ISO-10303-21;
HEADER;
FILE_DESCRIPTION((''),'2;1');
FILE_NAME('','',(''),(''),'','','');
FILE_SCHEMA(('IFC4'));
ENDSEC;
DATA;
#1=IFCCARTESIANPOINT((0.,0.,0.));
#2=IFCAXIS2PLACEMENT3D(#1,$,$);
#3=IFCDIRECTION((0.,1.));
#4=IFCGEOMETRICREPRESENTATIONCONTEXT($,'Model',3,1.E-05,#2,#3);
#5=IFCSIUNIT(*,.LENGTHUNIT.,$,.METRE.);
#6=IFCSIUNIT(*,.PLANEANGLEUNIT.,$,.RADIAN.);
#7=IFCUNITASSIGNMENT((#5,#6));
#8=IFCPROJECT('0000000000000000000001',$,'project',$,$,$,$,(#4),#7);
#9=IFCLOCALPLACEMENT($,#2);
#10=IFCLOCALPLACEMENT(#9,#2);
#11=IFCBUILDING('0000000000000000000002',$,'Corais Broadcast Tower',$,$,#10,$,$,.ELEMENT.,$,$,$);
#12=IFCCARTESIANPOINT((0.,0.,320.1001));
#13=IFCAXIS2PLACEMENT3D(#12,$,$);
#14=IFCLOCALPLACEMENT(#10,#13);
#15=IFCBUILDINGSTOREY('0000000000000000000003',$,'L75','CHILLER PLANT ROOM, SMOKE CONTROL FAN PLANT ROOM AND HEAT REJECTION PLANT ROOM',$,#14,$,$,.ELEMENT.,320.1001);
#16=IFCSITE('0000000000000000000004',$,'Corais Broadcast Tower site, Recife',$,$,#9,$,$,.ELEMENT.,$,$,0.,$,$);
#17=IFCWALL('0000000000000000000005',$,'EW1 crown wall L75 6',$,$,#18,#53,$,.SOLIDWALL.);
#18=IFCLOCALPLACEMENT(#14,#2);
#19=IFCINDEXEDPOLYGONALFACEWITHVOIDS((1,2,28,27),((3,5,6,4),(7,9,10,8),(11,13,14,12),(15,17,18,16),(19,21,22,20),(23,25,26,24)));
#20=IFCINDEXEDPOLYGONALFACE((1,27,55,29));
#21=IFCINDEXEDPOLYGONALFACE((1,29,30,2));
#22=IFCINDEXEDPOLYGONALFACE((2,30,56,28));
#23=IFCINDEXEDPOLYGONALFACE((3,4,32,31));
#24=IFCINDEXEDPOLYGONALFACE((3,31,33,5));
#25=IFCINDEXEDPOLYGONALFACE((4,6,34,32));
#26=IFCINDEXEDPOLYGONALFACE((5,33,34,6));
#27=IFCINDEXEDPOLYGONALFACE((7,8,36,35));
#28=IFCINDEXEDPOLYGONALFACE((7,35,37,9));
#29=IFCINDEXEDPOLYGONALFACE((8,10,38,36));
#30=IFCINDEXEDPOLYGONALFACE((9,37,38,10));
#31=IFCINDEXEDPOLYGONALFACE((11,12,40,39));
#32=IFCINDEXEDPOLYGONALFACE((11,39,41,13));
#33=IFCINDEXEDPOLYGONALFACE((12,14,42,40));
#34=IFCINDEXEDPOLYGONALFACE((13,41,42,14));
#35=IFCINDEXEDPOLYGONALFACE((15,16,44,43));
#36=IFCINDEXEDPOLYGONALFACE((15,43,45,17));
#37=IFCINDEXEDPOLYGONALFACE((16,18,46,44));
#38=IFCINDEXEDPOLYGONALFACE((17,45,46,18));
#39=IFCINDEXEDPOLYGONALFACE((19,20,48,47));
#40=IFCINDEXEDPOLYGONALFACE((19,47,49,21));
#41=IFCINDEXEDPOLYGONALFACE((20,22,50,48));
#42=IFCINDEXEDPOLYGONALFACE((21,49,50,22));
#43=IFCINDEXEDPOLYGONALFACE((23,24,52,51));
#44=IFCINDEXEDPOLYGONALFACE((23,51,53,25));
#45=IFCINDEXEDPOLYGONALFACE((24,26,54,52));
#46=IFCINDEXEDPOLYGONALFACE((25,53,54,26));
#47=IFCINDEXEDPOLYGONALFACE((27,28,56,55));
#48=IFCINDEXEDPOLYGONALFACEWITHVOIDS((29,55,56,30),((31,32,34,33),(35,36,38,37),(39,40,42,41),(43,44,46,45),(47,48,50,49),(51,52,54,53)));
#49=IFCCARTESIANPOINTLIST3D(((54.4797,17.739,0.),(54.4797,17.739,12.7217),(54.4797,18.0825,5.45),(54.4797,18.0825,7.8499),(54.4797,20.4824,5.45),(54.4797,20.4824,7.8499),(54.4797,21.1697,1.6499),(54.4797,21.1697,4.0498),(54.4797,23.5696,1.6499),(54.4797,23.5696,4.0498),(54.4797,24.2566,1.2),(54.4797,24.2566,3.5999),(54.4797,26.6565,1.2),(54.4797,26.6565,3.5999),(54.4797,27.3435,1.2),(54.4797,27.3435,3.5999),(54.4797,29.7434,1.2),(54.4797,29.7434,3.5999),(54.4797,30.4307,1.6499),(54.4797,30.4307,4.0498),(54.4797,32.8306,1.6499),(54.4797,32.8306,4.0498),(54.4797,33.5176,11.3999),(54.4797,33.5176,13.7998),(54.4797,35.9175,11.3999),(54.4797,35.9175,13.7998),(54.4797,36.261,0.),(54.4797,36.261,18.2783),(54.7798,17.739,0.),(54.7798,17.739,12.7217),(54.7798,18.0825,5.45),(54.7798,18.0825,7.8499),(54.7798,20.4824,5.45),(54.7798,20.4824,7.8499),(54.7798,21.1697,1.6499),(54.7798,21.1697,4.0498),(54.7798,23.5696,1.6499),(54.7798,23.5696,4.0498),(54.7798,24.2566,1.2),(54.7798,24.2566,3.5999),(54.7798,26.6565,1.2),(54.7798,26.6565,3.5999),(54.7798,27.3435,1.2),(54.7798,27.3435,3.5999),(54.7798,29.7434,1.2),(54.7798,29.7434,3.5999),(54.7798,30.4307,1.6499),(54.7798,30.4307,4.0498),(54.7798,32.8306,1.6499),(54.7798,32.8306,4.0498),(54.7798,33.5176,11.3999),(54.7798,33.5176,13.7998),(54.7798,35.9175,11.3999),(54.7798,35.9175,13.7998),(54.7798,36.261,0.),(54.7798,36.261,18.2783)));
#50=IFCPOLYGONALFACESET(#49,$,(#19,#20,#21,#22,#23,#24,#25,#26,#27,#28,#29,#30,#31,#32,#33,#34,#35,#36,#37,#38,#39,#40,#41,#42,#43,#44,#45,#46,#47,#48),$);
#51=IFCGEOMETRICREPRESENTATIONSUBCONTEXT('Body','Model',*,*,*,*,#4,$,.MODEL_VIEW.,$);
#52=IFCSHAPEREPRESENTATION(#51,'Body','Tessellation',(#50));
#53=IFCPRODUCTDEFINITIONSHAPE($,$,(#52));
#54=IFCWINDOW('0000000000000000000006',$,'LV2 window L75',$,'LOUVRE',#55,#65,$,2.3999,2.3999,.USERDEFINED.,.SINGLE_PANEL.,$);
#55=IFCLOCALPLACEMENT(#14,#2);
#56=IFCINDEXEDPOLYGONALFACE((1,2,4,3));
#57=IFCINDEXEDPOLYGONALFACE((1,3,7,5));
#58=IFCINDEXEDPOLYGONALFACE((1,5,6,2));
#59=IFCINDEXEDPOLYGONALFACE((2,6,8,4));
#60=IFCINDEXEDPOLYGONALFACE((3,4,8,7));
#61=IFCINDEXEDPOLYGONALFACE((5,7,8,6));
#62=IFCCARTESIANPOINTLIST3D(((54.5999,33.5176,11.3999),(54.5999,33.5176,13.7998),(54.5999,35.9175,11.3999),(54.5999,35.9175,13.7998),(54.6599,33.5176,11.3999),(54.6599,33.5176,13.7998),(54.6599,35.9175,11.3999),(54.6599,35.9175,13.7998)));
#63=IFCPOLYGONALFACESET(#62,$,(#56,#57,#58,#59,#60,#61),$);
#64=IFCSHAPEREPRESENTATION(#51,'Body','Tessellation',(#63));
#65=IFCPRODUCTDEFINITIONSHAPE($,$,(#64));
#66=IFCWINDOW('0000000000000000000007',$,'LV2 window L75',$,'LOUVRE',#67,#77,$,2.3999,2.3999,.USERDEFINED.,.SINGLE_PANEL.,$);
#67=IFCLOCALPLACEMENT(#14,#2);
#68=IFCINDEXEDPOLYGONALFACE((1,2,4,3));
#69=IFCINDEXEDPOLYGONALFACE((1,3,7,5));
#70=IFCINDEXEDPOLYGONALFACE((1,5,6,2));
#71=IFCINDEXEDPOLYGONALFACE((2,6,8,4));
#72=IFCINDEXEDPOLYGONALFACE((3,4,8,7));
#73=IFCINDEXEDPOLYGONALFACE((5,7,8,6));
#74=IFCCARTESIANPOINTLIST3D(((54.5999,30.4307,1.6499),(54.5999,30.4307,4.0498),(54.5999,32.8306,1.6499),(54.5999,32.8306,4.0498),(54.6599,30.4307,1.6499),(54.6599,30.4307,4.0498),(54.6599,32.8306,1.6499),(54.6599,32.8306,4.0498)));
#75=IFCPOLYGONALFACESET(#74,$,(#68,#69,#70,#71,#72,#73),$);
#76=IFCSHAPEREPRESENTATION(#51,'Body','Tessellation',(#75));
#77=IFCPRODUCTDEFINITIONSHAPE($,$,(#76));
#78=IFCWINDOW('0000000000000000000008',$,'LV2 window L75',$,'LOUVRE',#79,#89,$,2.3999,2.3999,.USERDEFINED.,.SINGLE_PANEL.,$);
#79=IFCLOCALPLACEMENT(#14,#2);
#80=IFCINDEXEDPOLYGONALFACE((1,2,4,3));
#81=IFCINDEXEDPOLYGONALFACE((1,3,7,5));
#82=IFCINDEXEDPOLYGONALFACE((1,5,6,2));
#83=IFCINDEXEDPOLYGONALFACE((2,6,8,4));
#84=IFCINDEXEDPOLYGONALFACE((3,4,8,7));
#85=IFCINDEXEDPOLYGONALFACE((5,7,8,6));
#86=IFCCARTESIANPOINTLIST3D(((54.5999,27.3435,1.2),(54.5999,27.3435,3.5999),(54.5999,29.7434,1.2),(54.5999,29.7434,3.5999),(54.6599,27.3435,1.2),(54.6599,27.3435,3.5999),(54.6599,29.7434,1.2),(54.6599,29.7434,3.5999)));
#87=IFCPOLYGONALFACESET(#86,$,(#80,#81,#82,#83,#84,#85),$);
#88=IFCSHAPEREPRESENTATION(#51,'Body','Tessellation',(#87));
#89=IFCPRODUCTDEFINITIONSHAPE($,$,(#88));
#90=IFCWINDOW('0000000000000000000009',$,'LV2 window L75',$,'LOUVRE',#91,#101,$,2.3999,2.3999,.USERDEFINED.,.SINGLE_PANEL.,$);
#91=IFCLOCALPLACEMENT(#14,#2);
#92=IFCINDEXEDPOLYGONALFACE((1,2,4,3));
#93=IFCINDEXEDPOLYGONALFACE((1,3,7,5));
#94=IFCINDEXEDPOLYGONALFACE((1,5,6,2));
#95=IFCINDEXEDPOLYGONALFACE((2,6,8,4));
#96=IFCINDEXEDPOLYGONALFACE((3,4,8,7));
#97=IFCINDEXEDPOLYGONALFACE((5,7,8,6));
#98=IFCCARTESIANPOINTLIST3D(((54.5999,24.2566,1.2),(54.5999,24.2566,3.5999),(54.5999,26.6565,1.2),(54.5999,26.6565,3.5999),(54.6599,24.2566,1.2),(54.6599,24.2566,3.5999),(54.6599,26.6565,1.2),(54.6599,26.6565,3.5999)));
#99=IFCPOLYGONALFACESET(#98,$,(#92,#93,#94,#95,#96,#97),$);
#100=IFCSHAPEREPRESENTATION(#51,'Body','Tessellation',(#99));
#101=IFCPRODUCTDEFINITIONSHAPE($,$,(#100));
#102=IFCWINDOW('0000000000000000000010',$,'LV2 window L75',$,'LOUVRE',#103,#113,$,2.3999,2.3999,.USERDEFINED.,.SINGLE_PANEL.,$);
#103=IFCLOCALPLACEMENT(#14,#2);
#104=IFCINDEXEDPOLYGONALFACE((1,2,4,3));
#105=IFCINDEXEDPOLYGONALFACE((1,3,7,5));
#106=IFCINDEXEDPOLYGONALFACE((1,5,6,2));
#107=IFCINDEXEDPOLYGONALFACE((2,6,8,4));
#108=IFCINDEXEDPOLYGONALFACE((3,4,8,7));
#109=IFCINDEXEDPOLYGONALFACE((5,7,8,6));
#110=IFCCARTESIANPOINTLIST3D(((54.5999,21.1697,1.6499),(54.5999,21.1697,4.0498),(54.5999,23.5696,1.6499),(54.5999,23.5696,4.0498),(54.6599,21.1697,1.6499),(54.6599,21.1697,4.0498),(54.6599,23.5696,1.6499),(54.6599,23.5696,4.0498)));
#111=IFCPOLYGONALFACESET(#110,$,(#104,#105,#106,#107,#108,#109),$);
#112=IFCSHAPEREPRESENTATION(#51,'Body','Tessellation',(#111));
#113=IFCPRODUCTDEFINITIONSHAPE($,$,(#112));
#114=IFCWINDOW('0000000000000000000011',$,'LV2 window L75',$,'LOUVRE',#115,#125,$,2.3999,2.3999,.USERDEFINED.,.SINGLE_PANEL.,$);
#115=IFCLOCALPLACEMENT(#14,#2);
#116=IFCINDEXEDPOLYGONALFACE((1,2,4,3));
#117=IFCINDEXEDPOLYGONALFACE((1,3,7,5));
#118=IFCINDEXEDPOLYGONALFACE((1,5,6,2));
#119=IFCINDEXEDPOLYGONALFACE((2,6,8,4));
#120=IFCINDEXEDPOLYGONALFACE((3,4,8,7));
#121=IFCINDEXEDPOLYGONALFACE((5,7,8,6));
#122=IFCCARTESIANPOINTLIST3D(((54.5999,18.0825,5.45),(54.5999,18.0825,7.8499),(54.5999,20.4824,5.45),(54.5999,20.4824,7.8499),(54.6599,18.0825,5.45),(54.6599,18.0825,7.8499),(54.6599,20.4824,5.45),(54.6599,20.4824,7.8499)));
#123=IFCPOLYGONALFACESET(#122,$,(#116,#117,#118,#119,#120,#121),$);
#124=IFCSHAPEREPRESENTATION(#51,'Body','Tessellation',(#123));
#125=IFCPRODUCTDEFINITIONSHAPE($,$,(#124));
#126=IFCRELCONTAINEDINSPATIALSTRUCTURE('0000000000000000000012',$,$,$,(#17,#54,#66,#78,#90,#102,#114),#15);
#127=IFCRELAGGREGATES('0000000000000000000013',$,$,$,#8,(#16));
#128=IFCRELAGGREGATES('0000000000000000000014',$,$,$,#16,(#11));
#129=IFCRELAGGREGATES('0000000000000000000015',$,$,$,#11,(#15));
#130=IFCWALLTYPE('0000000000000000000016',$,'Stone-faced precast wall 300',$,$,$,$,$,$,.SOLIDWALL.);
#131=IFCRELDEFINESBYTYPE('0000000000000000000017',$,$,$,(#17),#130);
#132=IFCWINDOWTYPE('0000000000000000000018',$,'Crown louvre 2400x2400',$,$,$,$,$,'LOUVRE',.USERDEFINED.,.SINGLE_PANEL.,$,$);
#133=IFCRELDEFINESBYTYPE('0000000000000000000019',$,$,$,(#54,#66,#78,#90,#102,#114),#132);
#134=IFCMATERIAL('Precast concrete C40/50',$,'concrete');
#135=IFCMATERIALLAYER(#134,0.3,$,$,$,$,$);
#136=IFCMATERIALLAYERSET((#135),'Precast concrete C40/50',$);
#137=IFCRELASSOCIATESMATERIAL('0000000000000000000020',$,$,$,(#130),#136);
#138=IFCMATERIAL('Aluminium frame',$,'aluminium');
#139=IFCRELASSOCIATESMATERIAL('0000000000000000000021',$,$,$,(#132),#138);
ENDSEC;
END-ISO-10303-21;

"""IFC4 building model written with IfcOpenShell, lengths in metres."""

from ifc_helpers import new_model, si_unit, direction, frame, frame_2d, origin, place, context, subcontext, project, spatial, polyline, rectangle, outline, extrude, material, layer, layer_set, type_object, element, fill, save


model = new_model("IFC4")

# Units and contexts
model_context = context("Model", 3, precision=1e-05, world=origin(), true_north=direction((0.0, 1.0)))
body_context = subcontext(model_context, "Body", "Model", "MODEL_VIEW")
ifc_project = project(units=[si_unit("LENGTHUNIT", "METRE"), si_unit("PLANEANGLEUNIT", "RADIAN")], contexts=[model_context])

# Site, building, storey
site_placement = place(None, origin())
site = spatial("IfcSite", under=ifc_project, at=site_placement, Name="Corais Broadcast Tower site, Recife", CompositionType="ELEMENT", RefElevation=0.0)
building_placement = place(site_placement, origin())
building = spatial("IfcBuilding", under=site, at=building_placement, Name="Corais Broadcast Tower", CompositionType="ELEMENT")
storey_placement = place(building_placement, frame((0.0, 0.0, 320.1001)))
storey = spatial("IfcBuildingStorey", under=building, at=storey_placement, Name="L75", Description="CHILLER PLANT ROOM, SMOKE CONTROL FAN PLANT ROOM AND HEAT REJECTION PLANT ROOM", CompositionType="ELEMENT", Elevation=320.1001)

# Wall, openings, windows
ifc_material_1 = material(Name="Precast concrete C40/50", Category="concrete")
ifc_layer_1 = layer(ifc_material_1, 0.3)
ifc_layer_set_1 = layer_set([ifc_layer_1], Name="Precast concrete C40/50")
wall_type_1 = type_object("IfcWallType", Name="Stone-faced precast wall 300", PredefinedType="SOLIDWALL", material=ifc_layer_set_1)
wall_1_placement = place(storey_placement, frame((54.6299, 36.261, 0.0), z_axis=(0.0, 0.0, 1.0), x_axis=(0.0, -1.0, 0.0)))
wall_1 = element("IfcWall", 1, at=wall_1_placement, inside=storey, type_object=wall_type_1, Name="EW1 crown wall L75 6", PredefinedType="SOLIDWALL", context=body_context, shape_type="SweptSolid", body=[
    extrude(outline(polyline([(0.0, 0.0), (18.522, 0.0), (18.522, 12.7217), (0.0, 18.2783), (0.0, 0.0)])), frame((0.0, 0.1499, 0.0), z_axis=(0.0, -1.0, 0.0), x_axis=(1.0, 0.0, 0.0)), (0.0, 0.0, 1.0), 0.3),
])
opening_1_placement = place(wall_1_placement, frame((0.3435, 0.0, 11.3999)))
opening_1 = element("IfcOpeningElement", 2, at=opening_1_placement, cuts=wall_1, PredefinedType="OPENING", context=body_context, shape_type="SweptSolid", body=[
    extrude(rectangle(XDim=2.3999, YDim=2.3999, at=frame_2d((1.2, 1.2))), frame((0.0, 0.1599, 0.0), z_axis=(0.0, -1.0, 0.0), x_axis=(1.0, 0.0, 0.0)), (0.0, 0.0, 1.0), 0.3201),
])
opening_2_placement = place(wall_1_placement, frame((3.4304, 0.0, 1.6499)))
opening_2 = element("IfcOpeningElement", 3, at=opening_2_placement, cuts=wall_1, PredefinedType="OPENING", context=body_context, shape_type="SweptSolid", body=[
    extrude(rectangle(XDim=2.3999, YDim=2.3999, at=frame_2d((1.2, 1.2))), frame((0.0, 0.1599, 0.0), z_axis=(0.0, -1.0, 0.0), x_axis=(1.0, 0.0, 0.0)), (0.0, 0.0, 1.0), 0.3201),
])
opening_3_placement = place(wall_1_placement, frame((6.5176, 0.0, 1.2)))
opening_3 = element("IfcOpeningElement", 4, at=opening_3_placement, cuts=wall_1, PredefinedType="OPENING", context=body_context, shape_type="SweptSolid", body=[
    extrude(rectangle(XDim=2.3999, YDim=2.3999, at=frame_2d((1.2, 1.2))), frame((0.0, 0.1599, 0.0), z_axis=(0.0, -1.0, 0.0), x_axis=(1.0, 0.0, 0.0)), (0.0, 0.0, 1.0), 0.3201),
])
opening_4_placement = place(wall_1_placement, frame((9.6045, 0.0, 1.2)))
opening_4 = element("IfcOpeningElement", 5, at=opening_4_placement, cuts=wall_1, PredefinedType="OPENING", context=body_context, shape_type="SweptSolid", body=[
    extrude(rectangle(XDim=2.3999, YDim=2.3999, at=frame_2d((1.2, 1.2))), frame((0.0, 0.1599, 0.0), z_axis=(0.0, -1.0, 0.0), x_axis=(1.0, 0.0, 0.0)), (0.0, 0.0, 1.0), 0.3201),
])
opening_5_placement = place(wall_1_placement, frame((12.6914, 0.0, 1.6499)))
opening_5 = element("IfcOpeningElement", 6, at=opening_5_placement, cuts=wall_1, PredefinedType="OPENING", context=body_context, shape_type="SweptSolid", body=[
    extrude(rectangle(XDim=2.3999, YDim=2.3999, at=frame_2d((1.2, 1.2))), frame((0.0, 0.1599, 0.0), z_axis=(0.0, -1.0, 0.0), x_axis=(1.0, 0.0, 0.0)), (0.0, 0.0, 1.0), 0.3201),
])
opening_6_placement = place(wall_1_placement, frame((15.7786, 0.0, 5.45)))
opening_6 = element("IfcOpeningElement", 7, at=opening_6_placement, cuts=wall_1, PredefinedType="OPENING", context=body_context, shape_type="SweptSolid", body=[
    extrude(rectangle(XDim=2.3999, YDim=2.3999, at=frame_2d((1.2, 1.2))), frame((0.0, 0.1599, 0.0), z_axis=(0.0, -1.0, 0.0), x_axis=(1.0, 0.0, 0.0)), (0.0, 0.0, 1.0), 0.3201),
])
ifc_material_2 = material(Name="Aluminium frame", Category="aluminium")
window_type = type_object("IfcWindowType", Name="Crown louvre 2400x2400", ElementType="LOUVRE", PartitioningType="SINGLE_PANEL", PredefinedType="USERDEFINED", material=ifc_material_2)
window_1_placement = place(opening_1_placement, origin())
window_1 = element("IfcWindow", 8, at=window_1_placement, inside=storey, type_object=window_type, Name="LV2 window L75", ObjectType="LOUVRE", OverallHeight=2.3999, OverallWidth=2.3999, PartitioningType="SINGLE_PANEL", PredefinedType="USERDEFINED", context=body_context, shape_type="SweptSolid", body=[
    extrude(rectangle(XDim=2.3999, YDim=2.3999, at=frame_2d((1.2, 1.2))), frame((0.0, 0.03, 0.0), z_axis=(0.0, -1.0, 0.0), x_axis=(1.0, 0.0, 0.0)), (0.0, 0.0, 1.0), 0.0601),
])
fill(opening_1, window_1)
window_2_placement = place(opening_2_placement, origin())
window_2 = element("IfcWindow", 9, at=window_2_placement, inside=storey, type_object=window_type, Name="LV2 window L75", ObjectType="LOUVRE", OverallHeight=2.3999, OverallWidth=2.3999, PartitioningType="SINGLE_PANEL", PredefinedType="USERDEFINED", context=body_context, shape_type="SweptSolid", body=[
    extrude(rectangle(XDim=2.3999, YDim=2.3999, at=frame_2d((1.2, 1.2))), frame((0.0, 0.03, 0.0), z_axis=(0.0, -1.0, 0.0), x_axis=(1.0, 0.0, 0.0)), (0.0, 0.0, 1.0), 0.0601),
])
fill(opening_2, window_2)
window_3_placement = place(opening_3_placement, origin())
window_3 = element("IfcWindow", 10, at=window_3_placement, inside=storey, type_object=window_type, Name="LV2 window L75", ObjectType="LOUVRE", OverallHeight=2.3999, OverallWidth=2.3999, PartitioningType="SINGLE_PANEL", PredefinedType="USERDEFINED", context=body_context, shape_type="SweptSolid", body=[
    extrude(rectangle(XDim=2.3999, YDim=2.3999, at=frame_2d((1.2, 1.2))), frame((0.0, 0.03, 0.0), z_axis=(0.0, -1.0, 0.0), x_axis=(1.0, 0.0, 0.0)), (0.0, 0.0, 1.0), 0.0601),
])
fill(opening_3, window_3)
window_4_placement = place(opening_4_placement, origin())
window_4 = element("IfcWindow", 11, at=window_4_placement, inside=storey, type_object=window_type, Name="LV2 window L75", ObjectType="LOUVRE", OverallHeight=2.3999, OverallWidth=2.3999, PartitioningType="SINGLE_PANEL", PredefinedType="USERDEFINED", context=body_context, shape_type="SweptSolid", body=[
    extrude(rectangle(XDim=2.3999, YDim=2.3999, at=frame_2d((1.2, 1.2))), frame((0.0, 0.03, 0.0), z_axis=(0.0, -1.0, 0.0), x_axis=(1.0, 0.0, 0.0)), (0.0, 0.0, 1.0), 0.0601),
])
fill(opening_4, window_4)
window_5_placement = place(opening_5_placement, origin())
window_5 = element("IfcWindow", 12, at=window_5_placement, inside=storey, type_object=window_type, Name="LV2 window L75", ObjectType="LOUVRE", OverallHeight=2.3999, OverallWidth=2.3999, PartitioningType="SINGLE_PANEL", PredefinedType="USERDEFINED", context=body_context, shape_type="SweptSolid", body=[
    extrude(rectangle(XDim=2.3999, YDim=2.3999, at=frame_2d((1.2, 1.2))), frame((0.0, 0.03, 0.0), z_axis=(0.0, -1.0, 0.0), x_axis=(1.0, 0.0, 0.0)), (0.0, 0.0, 1.0), 0.0601),
])
fill(opening_5, window_5)
window_6_placement = place(opening_6_placement, origin())
window_6 = element("IfcWindow", 13, at=window_6_placement, inside=storey, type_object=window_type, Name="LV2 window L75", ObjectType="LOUVRE", OverallHeight=2.3999, OverallWidth=2.3999, PartitioningType="SINGLE_PANEL", PredefinedType="USERDEFINED", context=body_context, shape_type="SweptSolid", body=[
    extrude(rectangle(XDim=2.3999, YDim=2.3999, at=frame_2d((1.2, 1.2))), frame((0.0, 0.03, 0.0), z_axis=(0.0, -1.0, 0.0), x_axis=(1.0, 0.0, 0.0)), (0.0, 0.0, 1.0), 0.0601),
])
fill(opening_6, window_6)

save(model, "model.ifc")
